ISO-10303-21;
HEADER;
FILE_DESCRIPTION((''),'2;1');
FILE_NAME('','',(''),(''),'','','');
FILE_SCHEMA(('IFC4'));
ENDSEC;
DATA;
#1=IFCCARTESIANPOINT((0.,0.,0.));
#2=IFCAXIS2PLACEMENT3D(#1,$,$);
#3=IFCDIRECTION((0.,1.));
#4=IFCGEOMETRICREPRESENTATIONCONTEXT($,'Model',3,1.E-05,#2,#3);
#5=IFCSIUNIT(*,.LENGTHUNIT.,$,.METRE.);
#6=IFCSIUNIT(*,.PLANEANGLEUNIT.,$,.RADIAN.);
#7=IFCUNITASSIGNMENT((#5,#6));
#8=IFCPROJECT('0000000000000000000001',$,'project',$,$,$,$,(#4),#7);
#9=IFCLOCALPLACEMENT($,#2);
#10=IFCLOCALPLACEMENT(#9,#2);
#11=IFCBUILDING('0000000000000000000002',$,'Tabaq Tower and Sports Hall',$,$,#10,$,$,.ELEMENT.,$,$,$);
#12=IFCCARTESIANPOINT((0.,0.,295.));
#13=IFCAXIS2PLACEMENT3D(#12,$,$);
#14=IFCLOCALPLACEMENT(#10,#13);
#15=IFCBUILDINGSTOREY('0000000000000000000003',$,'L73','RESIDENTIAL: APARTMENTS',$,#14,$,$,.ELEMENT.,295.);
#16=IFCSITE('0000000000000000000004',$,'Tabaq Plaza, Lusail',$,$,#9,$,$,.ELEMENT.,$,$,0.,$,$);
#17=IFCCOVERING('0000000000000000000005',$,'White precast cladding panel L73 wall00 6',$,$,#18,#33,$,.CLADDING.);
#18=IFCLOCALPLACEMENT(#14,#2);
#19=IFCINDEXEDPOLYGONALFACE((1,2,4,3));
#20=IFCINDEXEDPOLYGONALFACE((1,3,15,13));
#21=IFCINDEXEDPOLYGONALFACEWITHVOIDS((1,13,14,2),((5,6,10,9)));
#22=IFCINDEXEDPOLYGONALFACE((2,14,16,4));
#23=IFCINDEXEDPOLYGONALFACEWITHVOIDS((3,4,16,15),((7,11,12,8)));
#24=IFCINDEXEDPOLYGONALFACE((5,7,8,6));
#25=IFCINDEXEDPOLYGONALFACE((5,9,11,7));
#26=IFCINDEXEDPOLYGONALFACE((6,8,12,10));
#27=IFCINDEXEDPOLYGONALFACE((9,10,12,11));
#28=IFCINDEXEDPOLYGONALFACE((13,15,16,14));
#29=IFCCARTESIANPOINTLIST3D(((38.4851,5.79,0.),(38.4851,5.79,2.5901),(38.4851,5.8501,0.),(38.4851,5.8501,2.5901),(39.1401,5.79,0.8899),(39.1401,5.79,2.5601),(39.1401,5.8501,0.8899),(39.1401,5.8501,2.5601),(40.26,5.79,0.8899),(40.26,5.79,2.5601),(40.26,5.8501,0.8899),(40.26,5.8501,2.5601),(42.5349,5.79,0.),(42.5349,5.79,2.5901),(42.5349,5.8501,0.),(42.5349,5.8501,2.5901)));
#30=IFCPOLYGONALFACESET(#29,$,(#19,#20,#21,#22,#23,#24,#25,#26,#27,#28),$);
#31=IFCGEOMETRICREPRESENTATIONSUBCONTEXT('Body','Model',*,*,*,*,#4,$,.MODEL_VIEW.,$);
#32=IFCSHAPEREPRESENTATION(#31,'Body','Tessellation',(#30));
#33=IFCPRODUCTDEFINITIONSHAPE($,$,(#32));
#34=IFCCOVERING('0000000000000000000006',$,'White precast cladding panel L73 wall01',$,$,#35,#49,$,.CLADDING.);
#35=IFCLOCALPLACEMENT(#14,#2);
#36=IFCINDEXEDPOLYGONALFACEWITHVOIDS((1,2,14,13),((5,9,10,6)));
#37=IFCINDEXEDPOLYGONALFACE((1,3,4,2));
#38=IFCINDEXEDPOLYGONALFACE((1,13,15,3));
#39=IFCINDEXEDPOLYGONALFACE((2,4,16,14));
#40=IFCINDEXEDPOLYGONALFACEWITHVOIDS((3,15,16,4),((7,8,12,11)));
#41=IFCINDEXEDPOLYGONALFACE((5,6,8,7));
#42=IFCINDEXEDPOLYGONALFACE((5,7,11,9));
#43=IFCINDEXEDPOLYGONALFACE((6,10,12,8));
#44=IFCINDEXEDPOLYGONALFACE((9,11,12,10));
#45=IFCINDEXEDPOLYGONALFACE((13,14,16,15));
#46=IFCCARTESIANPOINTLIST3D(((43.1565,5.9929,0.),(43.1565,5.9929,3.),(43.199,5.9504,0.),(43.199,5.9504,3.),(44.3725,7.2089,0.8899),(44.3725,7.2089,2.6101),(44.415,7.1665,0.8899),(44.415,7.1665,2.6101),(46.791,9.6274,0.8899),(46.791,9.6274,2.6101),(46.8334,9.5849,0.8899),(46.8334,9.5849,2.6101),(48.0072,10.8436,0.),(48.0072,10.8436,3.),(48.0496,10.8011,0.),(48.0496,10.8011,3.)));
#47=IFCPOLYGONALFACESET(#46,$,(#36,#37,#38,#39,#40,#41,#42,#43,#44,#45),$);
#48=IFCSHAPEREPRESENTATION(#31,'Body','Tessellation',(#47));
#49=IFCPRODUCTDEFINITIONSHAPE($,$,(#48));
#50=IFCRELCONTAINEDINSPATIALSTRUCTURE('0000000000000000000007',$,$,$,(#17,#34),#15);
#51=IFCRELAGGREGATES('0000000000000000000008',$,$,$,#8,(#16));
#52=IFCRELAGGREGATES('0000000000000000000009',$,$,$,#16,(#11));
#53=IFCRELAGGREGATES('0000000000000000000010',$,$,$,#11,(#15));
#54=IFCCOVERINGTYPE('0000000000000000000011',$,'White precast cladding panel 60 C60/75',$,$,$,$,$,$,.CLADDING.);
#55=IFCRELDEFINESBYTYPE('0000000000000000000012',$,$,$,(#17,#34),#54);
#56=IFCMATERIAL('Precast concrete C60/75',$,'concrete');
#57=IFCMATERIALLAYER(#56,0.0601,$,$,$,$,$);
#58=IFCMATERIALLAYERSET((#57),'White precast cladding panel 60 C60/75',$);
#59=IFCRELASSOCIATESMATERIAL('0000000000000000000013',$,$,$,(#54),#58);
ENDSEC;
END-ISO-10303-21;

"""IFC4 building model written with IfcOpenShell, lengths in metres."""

from ifc_helpers import new_model, si_unit, direction, frame, origin, place, context, subcontext, project, spatial, polyline, outline, extrude, material, layer, layer_set, type_object, element, save


model = new_model("IFC4")

# Units and contexts
model_context = context("Model", 3, precision=1e-05, world=origin(), true_north=direction((0.0, 1.0)))
body_context = subcontext(model_context, "Body", "Model", "MODEL_VIEW")
ifc_project = project(units=[si_unit("LENGTHUNIT", "METRE"), si_unit("PLANEANGLEUNIT", "RADIAN")], contexts=[model_context])

# Site, building, storey
site_placement = place(None, origin())
site = spatial("IfcSite", under=ifc_project, at=site_placement, Name="Tabaq Plaza, Lusail", CompositionType="ELEMENT", RefElevation=0.0)
building_placement = place(site_placement, origin())
building = spatial("IfcBuilding", under=site, at=building_placement, Name="Tabaq Tower and Sports Hall", CompositionType="ELEMENT")
storey_placement = place(building_placement, frame((0.0, 0.0, 295.0)))
storey = spatial("IfcBuildingStorey", under=building, at=storey_placement, Name="L73", Description="RESIDENTIAL: APARTMENTS", CompositionType="ELEMENT", Elevation=295.0)

# Coverings
ifc_material_1 = material(Name="Precast concrete C60/75", Category="concrete")
ifc_layer_1 = layer(ifc_material_1, 0.0601)
ifc_layer_set_1 = layer_set([ifc_layer_1], Name="White precast cladding panel 60 C60/75")
covering_type_1 = type_object("IfcCoveringType", Name="White precast cladding panel 60 C60/75", PredefinedType="CLADDING", material=ifc_layer_set_1)
covering_1_placement = place(storey_placement, frame((38.4851, 5.8201, 0.0), z_axis=(0.0, 0.0, 1.0), x_axis=(1.0, 0.0, 0.0)))
element("IfcCovering", 1, at=covering_1_placement, inside=storey, type_object=covering_type_1, Name="White precast cladding panel L73 wall00 6", PredefinedType="CLADDING", context=body_context, shape_type="SweptSolid", body=[
    extrude(outline(polyline([(0.0, 0.0), (4.0498, 0.0), (4.0498, 2.5901), (0.0, 2.5901), (0.0, 0.0)]), holes=[polyline([(1.7749, 0.8899), (0.655, 0.8899), (0.655, 2.5601), (1.7749, 2.5601), (1.7749, 0.8899)])]), frame((0.0, 0.03, 0.0), z_axis=(0.0, -1.0, 0.0), x_axis=(1.0, 0.0, 0.0)), (0.0, 0.0, 1.0), 0.0601),
])
covering_2_placement = place(storey_placement, frame((43.1777, 5.9717, 0.0), z_axis=(0.0, 0.0, 1.0), x_axis=(0.707107, 0.707107, 0.0)))
element("IfcCovering", 2, at=covering_2_placement, inside=storey, type_object=covering_type_1, Name="White precast cladding panel L73 wall01", PredefinedType="CLADDING", context=body_context, shape_type="SweptSolid", body=[
    extrude(outline(polyline([(0.0, 0.0), (6.8599, 0.0), (6.8599, 3.0), (0.0, 3.0), (0.0, 0.0)]), holes=[polyline([(1.7197, 0.8899), (1.7197, 2.6101), (5.1399, 2.6101), (5.1399, 0.8899), (1.7197, 0.8899)])]), frame((0.0, 0.03, 0.0), z_axis=(0.0, -1.0, 0.0), x_axis=(1.0, 0.0, 0.0)), (0.0, 0.0, 1.0), 0.0601),
])

save(model, "model.ifc")
